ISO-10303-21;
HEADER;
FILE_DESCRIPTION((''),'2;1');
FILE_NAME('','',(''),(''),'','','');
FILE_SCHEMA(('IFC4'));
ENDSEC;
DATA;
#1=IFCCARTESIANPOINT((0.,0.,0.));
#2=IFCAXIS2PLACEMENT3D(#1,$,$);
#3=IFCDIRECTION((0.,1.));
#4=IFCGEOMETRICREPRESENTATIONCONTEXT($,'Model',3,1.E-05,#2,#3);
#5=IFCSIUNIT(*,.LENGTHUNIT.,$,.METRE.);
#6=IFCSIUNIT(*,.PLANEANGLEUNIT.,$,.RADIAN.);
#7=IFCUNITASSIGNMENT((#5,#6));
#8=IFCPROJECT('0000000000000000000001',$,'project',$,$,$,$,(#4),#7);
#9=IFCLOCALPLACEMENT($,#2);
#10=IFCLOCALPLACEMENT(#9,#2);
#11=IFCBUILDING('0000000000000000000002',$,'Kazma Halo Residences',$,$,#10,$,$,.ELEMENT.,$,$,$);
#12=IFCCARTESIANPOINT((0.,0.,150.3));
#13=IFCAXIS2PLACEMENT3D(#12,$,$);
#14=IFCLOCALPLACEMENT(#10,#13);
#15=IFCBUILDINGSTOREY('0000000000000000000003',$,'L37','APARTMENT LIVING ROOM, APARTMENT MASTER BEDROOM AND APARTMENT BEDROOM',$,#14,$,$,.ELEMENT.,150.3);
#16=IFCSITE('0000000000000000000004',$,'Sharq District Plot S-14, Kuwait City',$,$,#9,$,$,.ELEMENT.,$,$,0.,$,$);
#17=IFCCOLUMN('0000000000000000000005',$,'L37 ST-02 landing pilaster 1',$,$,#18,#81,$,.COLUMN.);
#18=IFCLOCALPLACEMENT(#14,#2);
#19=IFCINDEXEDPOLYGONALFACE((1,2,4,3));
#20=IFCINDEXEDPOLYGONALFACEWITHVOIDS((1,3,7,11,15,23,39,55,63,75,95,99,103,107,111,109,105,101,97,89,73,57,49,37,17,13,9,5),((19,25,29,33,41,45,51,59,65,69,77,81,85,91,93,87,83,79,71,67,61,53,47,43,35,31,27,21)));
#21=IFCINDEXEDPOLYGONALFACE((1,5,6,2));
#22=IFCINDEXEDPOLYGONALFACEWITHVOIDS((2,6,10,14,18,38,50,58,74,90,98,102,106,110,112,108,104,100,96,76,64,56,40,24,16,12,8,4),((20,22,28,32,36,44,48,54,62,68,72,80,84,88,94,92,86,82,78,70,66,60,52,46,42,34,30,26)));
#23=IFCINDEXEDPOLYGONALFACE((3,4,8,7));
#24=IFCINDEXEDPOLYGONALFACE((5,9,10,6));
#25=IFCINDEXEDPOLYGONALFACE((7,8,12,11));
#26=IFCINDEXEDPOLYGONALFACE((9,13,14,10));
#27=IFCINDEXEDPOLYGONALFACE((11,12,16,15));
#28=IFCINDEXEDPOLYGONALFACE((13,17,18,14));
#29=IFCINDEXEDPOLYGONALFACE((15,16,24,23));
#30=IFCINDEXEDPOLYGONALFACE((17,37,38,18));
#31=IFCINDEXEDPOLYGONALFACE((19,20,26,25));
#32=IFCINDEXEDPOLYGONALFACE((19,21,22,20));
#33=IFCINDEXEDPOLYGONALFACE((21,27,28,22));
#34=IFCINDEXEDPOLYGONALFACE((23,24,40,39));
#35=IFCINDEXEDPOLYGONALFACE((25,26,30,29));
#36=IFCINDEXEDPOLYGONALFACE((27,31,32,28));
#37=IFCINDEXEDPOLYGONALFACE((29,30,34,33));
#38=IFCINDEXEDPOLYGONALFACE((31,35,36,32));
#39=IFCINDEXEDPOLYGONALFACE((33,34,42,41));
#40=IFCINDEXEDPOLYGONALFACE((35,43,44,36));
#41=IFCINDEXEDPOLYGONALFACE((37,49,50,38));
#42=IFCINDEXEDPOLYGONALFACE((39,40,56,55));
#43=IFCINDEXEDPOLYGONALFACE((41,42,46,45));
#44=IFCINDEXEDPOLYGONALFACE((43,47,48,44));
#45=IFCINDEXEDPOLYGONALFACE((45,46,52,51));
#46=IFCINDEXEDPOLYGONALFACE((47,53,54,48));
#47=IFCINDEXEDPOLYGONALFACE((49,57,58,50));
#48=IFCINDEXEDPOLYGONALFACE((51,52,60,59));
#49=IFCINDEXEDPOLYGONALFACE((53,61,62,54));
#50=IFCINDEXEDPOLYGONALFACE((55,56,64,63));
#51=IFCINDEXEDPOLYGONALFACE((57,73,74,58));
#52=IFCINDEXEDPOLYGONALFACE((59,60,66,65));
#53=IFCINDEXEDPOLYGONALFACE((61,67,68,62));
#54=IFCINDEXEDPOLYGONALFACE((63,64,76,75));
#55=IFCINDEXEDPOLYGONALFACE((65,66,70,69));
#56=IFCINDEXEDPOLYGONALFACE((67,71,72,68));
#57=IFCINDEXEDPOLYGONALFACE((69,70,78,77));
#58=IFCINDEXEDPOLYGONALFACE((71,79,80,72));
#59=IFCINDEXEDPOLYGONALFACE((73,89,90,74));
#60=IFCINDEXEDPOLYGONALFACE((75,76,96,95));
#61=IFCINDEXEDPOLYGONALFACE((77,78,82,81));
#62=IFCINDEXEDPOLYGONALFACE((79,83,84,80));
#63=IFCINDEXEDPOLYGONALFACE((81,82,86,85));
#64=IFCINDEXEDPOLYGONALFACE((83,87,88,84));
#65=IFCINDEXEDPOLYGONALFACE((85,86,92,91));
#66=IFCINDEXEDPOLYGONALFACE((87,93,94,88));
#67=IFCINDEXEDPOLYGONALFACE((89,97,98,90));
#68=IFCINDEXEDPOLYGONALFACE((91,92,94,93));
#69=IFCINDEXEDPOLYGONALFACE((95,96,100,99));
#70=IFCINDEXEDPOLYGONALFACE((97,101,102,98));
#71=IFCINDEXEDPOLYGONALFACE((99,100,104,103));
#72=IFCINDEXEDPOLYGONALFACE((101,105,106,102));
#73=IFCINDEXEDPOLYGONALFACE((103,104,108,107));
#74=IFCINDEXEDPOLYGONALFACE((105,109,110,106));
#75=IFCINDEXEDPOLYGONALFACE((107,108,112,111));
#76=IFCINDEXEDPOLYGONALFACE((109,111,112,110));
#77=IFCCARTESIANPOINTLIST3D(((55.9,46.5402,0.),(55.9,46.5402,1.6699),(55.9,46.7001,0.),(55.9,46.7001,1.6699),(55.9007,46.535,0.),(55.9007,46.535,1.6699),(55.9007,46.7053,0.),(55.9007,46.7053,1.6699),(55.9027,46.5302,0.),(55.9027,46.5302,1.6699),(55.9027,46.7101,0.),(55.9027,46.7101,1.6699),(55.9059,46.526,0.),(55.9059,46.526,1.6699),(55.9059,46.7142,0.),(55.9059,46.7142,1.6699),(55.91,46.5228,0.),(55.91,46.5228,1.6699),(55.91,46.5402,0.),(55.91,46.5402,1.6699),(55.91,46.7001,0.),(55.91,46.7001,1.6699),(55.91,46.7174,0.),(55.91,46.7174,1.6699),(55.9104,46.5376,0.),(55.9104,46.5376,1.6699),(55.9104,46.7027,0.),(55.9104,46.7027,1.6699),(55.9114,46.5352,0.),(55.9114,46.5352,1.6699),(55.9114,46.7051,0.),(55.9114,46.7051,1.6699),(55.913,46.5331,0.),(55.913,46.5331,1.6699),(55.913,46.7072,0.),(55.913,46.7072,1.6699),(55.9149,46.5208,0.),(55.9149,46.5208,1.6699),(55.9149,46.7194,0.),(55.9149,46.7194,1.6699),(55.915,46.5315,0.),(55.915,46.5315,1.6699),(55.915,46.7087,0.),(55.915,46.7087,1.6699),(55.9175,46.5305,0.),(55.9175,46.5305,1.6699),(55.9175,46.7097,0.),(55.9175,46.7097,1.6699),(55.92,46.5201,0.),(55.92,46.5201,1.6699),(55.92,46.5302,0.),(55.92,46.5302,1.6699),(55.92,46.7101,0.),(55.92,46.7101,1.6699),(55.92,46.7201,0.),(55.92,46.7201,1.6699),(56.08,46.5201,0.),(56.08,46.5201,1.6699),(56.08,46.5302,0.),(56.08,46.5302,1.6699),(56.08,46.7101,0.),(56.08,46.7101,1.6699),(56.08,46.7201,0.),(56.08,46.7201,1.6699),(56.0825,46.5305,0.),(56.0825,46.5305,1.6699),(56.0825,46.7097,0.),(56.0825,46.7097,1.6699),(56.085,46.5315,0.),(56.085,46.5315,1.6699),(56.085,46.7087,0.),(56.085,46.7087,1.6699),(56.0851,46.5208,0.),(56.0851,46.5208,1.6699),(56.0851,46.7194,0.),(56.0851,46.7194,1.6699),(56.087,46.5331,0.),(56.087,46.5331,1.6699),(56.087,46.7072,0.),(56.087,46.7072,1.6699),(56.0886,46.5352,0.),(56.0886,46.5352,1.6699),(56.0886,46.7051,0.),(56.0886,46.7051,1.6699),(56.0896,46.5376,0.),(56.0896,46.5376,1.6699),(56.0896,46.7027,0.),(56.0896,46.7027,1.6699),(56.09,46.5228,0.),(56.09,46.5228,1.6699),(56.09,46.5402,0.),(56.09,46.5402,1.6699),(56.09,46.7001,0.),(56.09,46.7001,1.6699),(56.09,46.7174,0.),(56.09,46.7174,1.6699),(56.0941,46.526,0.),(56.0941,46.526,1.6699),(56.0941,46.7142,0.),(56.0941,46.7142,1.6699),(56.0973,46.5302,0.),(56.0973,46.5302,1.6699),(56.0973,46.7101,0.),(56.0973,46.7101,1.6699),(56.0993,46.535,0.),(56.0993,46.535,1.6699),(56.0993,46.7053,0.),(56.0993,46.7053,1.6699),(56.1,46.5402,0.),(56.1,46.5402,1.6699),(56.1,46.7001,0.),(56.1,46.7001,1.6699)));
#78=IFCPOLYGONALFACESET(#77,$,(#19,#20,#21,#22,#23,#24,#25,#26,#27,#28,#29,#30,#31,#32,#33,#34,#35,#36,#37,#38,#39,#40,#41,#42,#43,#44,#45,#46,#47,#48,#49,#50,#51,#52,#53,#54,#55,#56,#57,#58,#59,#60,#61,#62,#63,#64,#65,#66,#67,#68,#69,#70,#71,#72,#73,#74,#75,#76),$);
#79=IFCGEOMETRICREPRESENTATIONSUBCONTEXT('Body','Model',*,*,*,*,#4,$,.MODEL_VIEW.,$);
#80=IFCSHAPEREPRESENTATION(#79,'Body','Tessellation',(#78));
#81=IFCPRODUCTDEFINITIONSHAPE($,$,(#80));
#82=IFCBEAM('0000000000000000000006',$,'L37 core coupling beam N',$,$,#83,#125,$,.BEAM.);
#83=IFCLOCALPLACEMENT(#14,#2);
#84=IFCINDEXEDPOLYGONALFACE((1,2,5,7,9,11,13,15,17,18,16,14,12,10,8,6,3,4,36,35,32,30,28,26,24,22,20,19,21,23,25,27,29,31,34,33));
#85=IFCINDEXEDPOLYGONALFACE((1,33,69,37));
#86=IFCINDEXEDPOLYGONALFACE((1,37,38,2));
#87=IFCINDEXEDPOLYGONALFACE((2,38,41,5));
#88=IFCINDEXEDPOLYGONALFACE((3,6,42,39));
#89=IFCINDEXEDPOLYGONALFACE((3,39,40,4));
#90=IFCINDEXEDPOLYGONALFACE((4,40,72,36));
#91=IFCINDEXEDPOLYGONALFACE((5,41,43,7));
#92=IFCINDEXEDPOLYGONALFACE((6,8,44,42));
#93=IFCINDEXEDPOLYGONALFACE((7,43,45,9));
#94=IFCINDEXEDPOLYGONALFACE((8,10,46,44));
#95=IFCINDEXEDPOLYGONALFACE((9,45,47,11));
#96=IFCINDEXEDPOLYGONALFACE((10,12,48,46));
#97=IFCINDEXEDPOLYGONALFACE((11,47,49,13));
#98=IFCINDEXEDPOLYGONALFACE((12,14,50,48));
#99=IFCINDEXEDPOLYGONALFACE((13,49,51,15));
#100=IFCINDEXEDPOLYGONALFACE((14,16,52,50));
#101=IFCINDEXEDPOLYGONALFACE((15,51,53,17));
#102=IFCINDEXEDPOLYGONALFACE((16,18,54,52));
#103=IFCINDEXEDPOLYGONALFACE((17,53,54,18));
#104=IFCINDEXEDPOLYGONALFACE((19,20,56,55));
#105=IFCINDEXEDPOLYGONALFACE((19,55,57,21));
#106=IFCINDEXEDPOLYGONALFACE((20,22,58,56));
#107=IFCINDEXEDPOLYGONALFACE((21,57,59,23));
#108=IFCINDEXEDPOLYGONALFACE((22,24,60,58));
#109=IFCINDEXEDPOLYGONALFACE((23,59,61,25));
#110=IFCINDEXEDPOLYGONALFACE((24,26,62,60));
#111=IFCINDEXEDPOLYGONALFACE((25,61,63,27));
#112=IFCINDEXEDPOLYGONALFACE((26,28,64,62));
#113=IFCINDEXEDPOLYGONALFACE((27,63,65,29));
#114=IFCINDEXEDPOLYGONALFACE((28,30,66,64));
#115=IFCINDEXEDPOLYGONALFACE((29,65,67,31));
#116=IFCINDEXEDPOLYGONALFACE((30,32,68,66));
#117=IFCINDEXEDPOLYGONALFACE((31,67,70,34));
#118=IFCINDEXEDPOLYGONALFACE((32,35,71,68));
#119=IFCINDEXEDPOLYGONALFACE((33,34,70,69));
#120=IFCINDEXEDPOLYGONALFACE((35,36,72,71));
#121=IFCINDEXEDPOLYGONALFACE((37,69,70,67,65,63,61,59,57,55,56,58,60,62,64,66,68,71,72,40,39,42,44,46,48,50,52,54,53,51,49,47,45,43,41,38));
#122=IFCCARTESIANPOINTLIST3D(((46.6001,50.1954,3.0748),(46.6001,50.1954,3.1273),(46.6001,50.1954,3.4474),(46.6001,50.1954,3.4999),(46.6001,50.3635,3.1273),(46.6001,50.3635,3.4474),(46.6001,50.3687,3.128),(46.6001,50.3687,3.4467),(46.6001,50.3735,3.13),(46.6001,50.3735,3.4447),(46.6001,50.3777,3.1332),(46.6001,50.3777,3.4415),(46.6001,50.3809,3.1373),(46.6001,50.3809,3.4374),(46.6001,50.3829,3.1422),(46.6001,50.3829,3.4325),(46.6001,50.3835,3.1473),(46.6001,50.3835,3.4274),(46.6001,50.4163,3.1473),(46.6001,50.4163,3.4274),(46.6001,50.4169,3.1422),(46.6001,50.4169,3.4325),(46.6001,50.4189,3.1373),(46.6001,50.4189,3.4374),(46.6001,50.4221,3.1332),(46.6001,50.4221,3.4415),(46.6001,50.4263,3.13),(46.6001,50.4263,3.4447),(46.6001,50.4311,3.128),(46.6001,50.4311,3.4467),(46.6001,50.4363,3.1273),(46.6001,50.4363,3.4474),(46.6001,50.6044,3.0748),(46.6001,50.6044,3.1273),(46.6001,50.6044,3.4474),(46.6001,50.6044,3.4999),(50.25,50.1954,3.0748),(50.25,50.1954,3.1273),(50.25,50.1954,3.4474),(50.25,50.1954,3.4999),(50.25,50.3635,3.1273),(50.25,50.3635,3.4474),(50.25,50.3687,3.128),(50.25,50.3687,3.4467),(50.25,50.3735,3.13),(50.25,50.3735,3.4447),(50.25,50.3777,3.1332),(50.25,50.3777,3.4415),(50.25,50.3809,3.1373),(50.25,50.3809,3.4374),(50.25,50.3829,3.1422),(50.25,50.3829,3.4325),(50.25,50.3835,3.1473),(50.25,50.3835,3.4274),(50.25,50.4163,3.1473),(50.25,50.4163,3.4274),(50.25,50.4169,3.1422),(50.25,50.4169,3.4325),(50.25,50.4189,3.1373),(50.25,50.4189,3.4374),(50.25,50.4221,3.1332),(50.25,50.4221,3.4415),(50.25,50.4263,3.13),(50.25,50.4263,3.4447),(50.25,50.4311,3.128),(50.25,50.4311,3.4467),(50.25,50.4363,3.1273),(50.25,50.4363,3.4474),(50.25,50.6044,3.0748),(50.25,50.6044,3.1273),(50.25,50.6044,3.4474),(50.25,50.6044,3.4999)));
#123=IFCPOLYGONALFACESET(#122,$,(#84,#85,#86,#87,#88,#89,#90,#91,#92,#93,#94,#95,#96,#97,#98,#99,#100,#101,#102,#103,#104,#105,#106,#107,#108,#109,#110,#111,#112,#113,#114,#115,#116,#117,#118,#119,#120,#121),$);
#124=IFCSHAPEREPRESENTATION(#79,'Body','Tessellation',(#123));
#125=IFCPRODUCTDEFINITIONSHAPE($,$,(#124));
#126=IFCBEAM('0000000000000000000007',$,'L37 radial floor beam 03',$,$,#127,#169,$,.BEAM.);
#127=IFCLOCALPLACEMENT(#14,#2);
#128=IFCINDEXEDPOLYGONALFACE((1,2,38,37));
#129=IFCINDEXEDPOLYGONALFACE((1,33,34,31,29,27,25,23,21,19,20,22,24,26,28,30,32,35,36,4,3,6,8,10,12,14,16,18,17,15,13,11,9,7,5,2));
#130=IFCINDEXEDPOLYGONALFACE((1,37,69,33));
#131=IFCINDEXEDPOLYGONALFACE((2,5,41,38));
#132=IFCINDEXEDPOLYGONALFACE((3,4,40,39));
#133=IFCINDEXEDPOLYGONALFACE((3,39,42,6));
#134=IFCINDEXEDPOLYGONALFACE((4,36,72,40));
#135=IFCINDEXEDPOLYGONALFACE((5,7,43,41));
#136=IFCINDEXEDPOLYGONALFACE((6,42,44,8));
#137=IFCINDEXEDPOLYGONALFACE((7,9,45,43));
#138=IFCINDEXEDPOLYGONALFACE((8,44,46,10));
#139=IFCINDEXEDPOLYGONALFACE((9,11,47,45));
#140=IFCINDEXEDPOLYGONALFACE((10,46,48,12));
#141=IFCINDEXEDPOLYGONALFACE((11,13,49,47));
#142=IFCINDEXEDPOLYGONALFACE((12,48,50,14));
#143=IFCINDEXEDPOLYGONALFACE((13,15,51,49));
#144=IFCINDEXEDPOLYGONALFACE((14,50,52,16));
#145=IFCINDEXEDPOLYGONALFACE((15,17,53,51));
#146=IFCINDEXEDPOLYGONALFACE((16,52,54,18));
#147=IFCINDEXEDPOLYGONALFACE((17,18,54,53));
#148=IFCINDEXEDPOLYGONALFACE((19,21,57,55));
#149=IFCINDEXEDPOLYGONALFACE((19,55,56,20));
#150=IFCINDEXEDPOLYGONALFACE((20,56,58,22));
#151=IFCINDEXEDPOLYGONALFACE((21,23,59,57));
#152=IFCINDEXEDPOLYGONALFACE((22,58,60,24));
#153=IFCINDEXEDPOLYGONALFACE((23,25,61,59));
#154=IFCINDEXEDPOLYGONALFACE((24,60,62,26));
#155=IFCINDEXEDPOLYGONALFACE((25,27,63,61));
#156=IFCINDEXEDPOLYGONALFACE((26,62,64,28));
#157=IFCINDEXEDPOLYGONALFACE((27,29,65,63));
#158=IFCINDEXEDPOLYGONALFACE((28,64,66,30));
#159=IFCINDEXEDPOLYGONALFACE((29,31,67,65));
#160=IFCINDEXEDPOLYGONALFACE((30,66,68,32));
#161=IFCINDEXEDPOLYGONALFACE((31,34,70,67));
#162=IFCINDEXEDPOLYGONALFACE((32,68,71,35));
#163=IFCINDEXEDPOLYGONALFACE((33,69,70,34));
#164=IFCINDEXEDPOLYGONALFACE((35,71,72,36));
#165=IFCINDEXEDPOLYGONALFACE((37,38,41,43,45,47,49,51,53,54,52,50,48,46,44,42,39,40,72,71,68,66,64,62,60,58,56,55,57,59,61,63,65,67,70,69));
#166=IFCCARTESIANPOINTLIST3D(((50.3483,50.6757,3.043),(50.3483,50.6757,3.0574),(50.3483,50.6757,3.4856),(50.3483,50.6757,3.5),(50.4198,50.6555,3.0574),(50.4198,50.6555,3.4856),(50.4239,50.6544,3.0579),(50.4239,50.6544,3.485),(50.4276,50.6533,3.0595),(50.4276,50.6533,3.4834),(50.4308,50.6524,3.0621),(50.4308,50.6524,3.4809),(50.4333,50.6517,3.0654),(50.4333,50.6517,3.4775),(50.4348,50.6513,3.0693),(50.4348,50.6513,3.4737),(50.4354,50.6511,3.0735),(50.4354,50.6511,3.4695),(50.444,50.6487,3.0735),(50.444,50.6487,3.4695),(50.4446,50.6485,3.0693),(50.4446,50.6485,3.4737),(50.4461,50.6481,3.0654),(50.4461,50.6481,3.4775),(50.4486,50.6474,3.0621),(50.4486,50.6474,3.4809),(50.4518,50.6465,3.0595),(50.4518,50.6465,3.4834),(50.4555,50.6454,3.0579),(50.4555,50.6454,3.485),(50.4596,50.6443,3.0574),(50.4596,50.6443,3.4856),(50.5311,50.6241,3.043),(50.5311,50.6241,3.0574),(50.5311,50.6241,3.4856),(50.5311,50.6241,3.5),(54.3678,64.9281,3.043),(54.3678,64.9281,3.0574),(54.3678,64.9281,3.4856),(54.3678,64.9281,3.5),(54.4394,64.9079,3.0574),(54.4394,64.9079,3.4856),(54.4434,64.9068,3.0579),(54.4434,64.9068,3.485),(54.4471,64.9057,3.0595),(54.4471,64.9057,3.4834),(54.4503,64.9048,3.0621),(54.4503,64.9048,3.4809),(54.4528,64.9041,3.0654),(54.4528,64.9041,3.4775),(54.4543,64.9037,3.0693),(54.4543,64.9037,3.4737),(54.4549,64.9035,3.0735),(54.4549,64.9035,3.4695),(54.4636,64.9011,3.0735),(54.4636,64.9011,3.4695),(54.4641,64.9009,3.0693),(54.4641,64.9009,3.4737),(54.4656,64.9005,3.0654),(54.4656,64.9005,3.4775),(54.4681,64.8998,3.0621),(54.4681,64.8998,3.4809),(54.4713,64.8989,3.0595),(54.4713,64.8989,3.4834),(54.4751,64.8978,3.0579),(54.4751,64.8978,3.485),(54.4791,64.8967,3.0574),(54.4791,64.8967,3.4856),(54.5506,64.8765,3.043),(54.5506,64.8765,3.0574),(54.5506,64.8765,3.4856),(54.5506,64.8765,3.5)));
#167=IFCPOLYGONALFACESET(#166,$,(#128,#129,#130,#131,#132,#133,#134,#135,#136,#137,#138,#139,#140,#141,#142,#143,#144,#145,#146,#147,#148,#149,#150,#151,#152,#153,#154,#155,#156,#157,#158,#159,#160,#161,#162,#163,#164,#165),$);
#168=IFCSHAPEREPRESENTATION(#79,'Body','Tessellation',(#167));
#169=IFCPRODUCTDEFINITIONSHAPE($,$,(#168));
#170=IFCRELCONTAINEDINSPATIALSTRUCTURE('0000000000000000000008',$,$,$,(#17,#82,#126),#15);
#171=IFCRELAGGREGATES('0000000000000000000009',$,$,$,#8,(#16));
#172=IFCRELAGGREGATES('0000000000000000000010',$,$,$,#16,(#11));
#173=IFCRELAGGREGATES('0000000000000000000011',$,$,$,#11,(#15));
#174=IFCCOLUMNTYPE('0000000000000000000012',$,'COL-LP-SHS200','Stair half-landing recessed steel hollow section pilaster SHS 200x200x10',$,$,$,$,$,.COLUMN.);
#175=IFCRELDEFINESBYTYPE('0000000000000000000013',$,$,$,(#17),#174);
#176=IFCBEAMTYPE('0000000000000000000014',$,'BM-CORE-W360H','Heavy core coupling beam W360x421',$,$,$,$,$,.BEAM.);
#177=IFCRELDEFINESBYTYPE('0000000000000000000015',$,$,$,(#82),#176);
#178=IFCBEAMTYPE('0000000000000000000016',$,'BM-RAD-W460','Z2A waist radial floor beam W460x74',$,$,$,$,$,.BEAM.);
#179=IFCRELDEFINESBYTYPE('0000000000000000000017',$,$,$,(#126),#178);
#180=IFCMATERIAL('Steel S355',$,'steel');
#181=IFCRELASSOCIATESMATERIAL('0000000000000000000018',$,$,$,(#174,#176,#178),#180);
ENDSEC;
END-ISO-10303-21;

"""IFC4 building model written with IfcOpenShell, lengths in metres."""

from ifc_helpers import new_model, si_unit, direction, frame, origin, origin_2d, place, context, subcontext, project, spatial, hollow_rectangle, i_section, extrude, material, material_profile, profile_set, type_object, element, save


model = new_model("IFC4")

# Units and contexts
model_context = context("Model", 3, precision=1e-05, world=origin(), true_north=direction((0.0, 1.0)))
body_context = subcontext(model_context, "Body", "Model", "MODEL_VIEW")
ifc_project = project(units=[si_unit("LENGTHUNIT", "METRE"), si_unit("PLANEANGLEUNIT", "RADIAN")], contexts=[model_context])

# Site, building, storey
site_placement = place(None, origin())
site = spatial("IfcSite", under=ifc_project, at=site_placement, Name="Sharq District Plot S-14, Kuwait City", CompositionType="ELEMENT", RefElevation=0.0)
building_placement = place(site_placement, origin())
building = spatial("IfcBuilding", under=site, at=building_placement, Name="Kazma Halo Residences", CompositionType="ELEMENT")
storey_placement = place(building_placement, frame((0.0, 0.0, 150.3)))
storey = spatial("IfcBuildingStorey", under=building, at=storey_placement, Name="L37", Description="APARTMENT LIVING ROOM, APARTMENT MASTER BEDROOM AND APARTMENT BEDROOM", CompositionType="ELEMENT", Elevation=150.3)

# Column
ifc_material_1 = material(Name="Steel S355", Category="steel")
ifc_material_profile_1 = material_profile(ifc_material_1, hollow_rectangle(XDim=0.2, YDim=0.2, WallThickness=0.01, InnerFilletRadius=0.01, OuterFilletRadius=0.02, at=origin_2d()), Name="SHS200x200x10")
ifc_profile_set_1 = profile_set([ifc_material_profile_1], Name="Steel S355")
column_type = type_object("IfcColumnType", Name="COL-LP-SHS200", Description="Stair half-landing recessed steel hollow section pilaster SHS 200x200x10", PredefinedType="COLUMN", material=ifc_profile_set_1)
column_placement = place(storey_placement, frame((56.0, 46.6201, 0.0), z_axis=(0.0, 0.0, 1.0), x_axis=(1.0, 0.0, 0.0)))
element("IfcColumn", 1, at=column_placement, inside=storey, type_object=column_type, Name="L37 ST-02 landing pilaster 1", PredefinedType="COLUMN", context=body_context, shape_type="SweptSolid", body=[
    extrude(hollow_rectangle(XDim=0.2, YDim=0.2, WallThickness=0.01, InnerFilletRadius=0.01, OuterFilletRadius=0.02, at=origin_2d()), origin(), (0.0, 0.0, 1.0), 1.6699),
])

# Beams
ifc_material_profile_2 = material_profile(ifc_material_1, i_section(OverallWidth=0.4089, OverallDepth=0.425, WebThickness=0.0327, FlangeThickness=0.0525, FilletRadius=0.02, at=origin_2d()), Name="W360x421")
ifc_profile_set_2 = profile_set([ifc_material_profile_2], Name="Steel S355")
beam_type_1 = type_object("IfcBeamType", Name="BM-CORE-W360H", Description="Heavy core coupling beam W360x421", PredefinedType="BEAM", material=ifc_profile_set_2)
beam_1_placement = place(storey_placement, frame((46.6001, 50.3999, 3.2874), z_axis=(1.0, 0.0, 0.0), x_axis=(0.0, 1.0, 0.0)))
element("IfcBeam", 2, at=beam_1_placement, inside=storey, type_object=beam_type_1, Name="L37 core coupling beam N", PredefinedType="BEAM", context=body_context, shape_type="SweptSolid", body=[
    extrude(i_section(OverallWidth=0.4089, OverallDepth=0.425, WebThickness=0.0327, FlangeThickness=0.0525, FilletRadius=0.02, at=origin_2d()), origin(), (0.0, 0.0, 1.0), 3.6499),
])
ifc_material_profile_3 = material_profile(ifc_material_1, i_section(OverallWidth=0.1899, OverallDepth=0.457, WebThickness=0.009, FlangeThickness=0.0144, FilletRadius=0.0161, at=origin_2d()), Name="W460x74")
ifc_profile_set_3 = profile_set([ifc_material_profile_3], Name="Steel S355")
beam_type_2 = type_object("IfcBeamType", Name="BM-RAD-W460", Description="Z2A waist radial floor beam W460x74", PredefinedType="BEAM", material=ifc_profile_set_3)
beam_2_placement = place(storey_placement, frame((50.4397, 50.6499, 3.2715), z_axis=(0.271436, 0.962457, 0.0), x_axis=(-0.962457, 0.271436, 0.0)))
element("IfcBeam", 3, at=beam_2_placement, inside=storey, type_object=beam_type_2, Name="L37 radial floor beam 03", PredefinedType="BEAM", context=body_context, shape_type="SweptSolid", body=[
    extrude(i_section(OverallWidth=0.1899, OverallDepth=0.457, WebThickness=0.009, FlangeThickness=0.0144, FilletRadius=0.0161, at=origin_2d()), origin(), (0.0, 0.0, 1.0), 14.8083),
])

save(model, "model.ifc")
